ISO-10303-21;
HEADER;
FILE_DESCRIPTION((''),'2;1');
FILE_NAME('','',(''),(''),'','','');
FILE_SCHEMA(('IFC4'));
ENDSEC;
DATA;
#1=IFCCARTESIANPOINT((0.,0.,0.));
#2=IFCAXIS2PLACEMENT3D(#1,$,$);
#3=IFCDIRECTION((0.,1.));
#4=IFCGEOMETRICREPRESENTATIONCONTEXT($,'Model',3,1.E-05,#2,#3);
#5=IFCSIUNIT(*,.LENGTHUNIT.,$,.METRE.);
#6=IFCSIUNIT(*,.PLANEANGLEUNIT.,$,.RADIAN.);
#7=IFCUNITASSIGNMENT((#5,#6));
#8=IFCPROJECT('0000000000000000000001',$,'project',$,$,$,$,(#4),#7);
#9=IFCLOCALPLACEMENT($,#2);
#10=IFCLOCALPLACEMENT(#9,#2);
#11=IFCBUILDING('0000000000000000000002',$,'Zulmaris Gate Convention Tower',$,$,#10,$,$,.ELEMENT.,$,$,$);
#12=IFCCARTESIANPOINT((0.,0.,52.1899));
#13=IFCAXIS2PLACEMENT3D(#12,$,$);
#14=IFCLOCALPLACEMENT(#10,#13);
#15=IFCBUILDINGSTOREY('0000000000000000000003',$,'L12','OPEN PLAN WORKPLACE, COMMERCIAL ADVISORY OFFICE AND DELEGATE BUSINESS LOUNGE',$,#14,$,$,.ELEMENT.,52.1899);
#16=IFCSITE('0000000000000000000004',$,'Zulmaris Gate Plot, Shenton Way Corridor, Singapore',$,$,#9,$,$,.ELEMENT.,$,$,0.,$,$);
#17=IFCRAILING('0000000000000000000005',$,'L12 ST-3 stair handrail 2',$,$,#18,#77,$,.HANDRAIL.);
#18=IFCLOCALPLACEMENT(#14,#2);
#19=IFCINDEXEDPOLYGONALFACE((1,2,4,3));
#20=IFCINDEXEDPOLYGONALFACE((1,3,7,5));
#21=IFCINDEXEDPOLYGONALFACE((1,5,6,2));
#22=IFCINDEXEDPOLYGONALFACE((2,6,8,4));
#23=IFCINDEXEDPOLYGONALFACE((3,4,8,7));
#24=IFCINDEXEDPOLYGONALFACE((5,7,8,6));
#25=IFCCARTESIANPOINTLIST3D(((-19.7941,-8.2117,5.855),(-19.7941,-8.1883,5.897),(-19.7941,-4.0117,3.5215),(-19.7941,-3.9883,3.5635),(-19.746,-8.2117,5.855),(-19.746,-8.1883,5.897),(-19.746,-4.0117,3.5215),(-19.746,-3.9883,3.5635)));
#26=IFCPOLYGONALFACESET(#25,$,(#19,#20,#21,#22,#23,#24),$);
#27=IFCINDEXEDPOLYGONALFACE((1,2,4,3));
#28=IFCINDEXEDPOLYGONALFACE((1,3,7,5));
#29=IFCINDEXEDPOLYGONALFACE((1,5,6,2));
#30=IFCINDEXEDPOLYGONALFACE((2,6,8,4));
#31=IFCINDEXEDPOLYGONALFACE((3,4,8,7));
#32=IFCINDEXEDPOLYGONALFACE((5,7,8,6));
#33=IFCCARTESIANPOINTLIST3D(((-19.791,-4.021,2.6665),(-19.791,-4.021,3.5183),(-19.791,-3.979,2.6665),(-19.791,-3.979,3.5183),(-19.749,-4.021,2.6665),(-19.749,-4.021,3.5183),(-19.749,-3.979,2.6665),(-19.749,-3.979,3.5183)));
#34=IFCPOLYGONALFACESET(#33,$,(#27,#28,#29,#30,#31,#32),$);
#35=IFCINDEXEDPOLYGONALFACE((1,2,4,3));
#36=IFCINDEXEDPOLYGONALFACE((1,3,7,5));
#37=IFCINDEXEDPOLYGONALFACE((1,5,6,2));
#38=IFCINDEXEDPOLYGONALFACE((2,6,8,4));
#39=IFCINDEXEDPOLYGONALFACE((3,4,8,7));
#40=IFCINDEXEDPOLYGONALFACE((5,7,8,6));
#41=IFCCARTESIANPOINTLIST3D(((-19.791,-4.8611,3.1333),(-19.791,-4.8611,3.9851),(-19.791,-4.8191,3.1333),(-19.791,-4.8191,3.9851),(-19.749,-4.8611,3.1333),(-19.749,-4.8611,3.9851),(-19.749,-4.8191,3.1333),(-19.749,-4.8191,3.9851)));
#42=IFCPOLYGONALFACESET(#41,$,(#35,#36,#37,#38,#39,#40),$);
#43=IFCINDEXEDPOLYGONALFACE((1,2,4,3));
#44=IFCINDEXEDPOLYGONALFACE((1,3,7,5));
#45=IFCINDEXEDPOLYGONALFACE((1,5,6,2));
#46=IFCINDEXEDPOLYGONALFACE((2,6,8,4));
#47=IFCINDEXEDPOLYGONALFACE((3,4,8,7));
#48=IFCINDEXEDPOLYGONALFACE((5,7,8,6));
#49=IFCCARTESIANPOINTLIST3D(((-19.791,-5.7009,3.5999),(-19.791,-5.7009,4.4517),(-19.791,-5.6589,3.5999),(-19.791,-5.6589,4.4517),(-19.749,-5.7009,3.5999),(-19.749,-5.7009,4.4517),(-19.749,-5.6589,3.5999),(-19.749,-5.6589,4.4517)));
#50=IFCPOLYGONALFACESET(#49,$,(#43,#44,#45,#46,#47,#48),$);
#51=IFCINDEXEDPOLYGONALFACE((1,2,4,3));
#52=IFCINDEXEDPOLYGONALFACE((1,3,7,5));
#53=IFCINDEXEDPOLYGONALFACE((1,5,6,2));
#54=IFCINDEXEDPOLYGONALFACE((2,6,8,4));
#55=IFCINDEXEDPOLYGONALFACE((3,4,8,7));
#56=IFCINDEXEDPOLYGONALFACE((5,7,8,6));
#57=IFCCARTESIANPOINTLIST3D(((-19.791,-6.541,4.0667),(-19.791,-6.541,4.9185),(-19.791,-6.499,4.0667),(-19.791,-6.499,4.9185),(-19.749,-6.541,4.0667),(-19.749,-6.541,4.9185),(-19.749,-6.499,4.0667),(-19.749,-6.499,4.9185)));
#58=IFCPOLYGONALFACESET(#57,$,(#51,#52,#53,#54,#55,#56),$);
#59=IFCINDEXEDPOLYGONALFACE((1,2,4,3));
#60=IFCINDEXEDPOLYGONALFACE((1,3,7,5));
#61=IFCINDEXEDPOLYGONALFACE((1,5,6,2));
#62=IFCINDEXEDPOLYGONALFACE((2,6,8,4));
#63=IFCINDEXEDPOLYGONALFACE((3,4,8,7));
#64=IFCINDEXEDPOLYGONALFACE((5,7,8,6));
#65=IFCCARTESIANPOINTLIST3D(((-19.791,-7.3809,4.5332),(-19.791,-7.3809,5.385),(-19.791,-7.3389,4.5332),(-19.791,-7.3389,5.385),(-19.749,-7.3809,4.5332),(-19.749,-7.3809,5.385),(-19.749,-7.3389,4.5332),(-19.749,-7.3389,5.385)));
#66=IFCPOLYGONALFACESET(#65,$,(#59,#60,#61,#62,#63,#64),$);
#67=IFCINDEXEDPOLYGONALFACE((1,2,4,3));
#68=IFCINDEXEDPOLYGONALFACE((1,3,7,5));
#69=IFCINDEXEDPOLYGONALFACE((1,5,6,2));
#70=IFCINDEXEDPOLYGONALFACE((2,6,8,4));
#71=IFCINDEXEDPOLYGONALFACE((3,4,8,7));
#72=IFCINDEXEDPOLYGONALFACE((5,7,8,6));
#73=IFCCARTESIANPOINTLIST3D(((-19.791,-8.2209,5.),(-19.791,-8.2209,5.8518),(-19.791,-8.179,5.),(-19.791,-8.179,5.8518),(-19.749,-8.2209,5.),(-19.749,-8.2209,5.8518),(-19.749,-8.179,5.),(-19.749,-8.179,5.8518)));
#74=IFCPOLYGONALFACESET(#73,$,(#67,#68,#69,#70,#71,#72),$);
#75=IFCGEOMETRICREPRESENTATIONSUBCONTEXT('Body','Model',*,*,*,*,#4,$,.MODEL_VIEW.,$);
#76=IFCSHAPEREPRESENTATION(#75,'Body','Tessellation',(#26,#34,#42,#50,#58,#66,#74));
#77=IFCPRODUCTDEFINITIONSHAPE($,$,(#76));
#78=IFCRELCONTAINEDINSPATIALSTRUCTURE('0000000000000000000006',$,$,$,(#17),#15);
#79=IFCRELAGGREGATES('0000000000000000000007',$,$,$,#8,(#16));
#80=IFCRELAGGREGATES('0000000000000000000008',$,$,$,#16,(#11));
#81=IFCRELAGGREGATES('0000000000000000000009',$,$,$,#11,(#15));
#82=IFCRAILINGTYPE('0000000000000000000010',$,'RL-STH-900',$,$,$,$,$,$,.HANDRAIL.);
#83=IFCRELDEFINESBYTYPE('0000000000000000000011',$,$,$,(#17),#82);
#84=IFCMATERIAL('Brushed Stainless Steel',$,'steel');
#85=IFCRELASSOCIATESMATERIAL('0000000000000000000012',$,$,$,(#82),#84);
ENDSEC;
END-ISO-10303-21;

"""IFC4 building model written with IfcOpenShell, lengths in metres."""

from ifc_helpers import new_model, si_unit, direction, frame, origin, origin_2d, place, context, subcontext, project, spatial, rectangle, extrude, material, type_object, element, save


model = new_model("IFC4")

# Units and contexts
model_context = context("Model", 3, precision=1e-05, world=origin(), true_north=direction((0.0, 1.0)))
body_context = subcontext(model_context, "Body", "Model", "MODEL_VIEW")
ifc_project = project(units=[si_unit("LENGTHUNIT", "METRE"), si_unit("PLANEANGLEUNIT", "RADIAN")], contexts=[model_context])

# Site, building, storey
site_placement = place(None, origin())
site = spatial("IfcSite", under=ifc_project, at=site_placement, Name="Zulmaris Gate Plot, Shenton Way Corridor, Singapore", CompositionType="ELEMENT", RefElevation=0.0)
building_placement = place(site_placement, origin())
building = spatial("IfcBuilding", under=site, at=building_placement, Name="Zulmaris Gate Convention Tower", CompositionType="ELEMENT")
storey_placement = place(building_placement, frame((0.0, 0.0, 52.1899)))
storey = spatial("IfcBuildingStorey", under=building, at=storey_placement, Name="L12", Description="OPEN PLAN WORKPLACE, COMMERCIAL ADVISORY OFFICE AND DELEGATE BUSINESS LOUNGE", CompositionType="ELEMENT", Elevation=52.1899)

# Shared definitions
ifc_material_1 = material(Name="Brushed Stainless Steel", Category="steel")

# Railing
railing_type_1 = type_object("IfcRailingType", Name="RL-STH-900", PredefinedType="HANDRAIL", material=ifc_material_1)
railing_1_placement = place(storey_placement, frame((-19.77, -4.0, 2.6665)))
element("IfcRailing", 1, at=railing_1_placement, inside=storey, type_object=railing_type_1, Name="L12 ST-3 stair handrail 2", PredefinedType="HANDRAIL", context=body_context, shape_type="SweptSolid", body=[
    extrude(rectangle(XDim=0.0481, YDim=0.0481, at=origin_2d()), frame((0.0, 0.0, 0.876), z_axis=(0.0, -0.87414, 0.485673), x_axis=(1.0, 0.0, 0.0)), (0.0, 0.0, 1.0), 4.8047),
    extrude(rectangle(XDim=0.042, YDim=0.042, at=origin_2d()), origin(), (0.0, 0.0, 1.0), 0.8518),
    extrude(rectangle(XDim=0.042, YDim=0.042, at=origin_2d()), frame((0.0, -0.8401, 0.4668)), (0.0, 0.0, 1.0), 0.8518),
    extrude(rectangle(XDim=0.042, YDim=0.042, at=origin_2d()), frame((0.0, -1.6799, 0.9333)), (0.0, 0.0, 1.0), 0.8518),
    extrude(rectangle(XDim=0.042, YDim=0.042, at=origin_2d()), frame((0.0, -2.52, 1.4001)), (0.0, 0.0, 1.0), 0.8518),
    extrude(rectangle(XDim=0.042, YDim=0.042, at=origin_2d()), frame((0.0, -3.3599, 1.8667)), (0.0, 0.0, 1.0), 0.8518),
    extrude(rectangle(XDim=0.042, YDim=0.042, at=origin_2d()), frame((0.0, -4.2, 2.3335)), (0.0, 0.0, 1.0), 0.8518),
])

save(model, "model.ifc")
